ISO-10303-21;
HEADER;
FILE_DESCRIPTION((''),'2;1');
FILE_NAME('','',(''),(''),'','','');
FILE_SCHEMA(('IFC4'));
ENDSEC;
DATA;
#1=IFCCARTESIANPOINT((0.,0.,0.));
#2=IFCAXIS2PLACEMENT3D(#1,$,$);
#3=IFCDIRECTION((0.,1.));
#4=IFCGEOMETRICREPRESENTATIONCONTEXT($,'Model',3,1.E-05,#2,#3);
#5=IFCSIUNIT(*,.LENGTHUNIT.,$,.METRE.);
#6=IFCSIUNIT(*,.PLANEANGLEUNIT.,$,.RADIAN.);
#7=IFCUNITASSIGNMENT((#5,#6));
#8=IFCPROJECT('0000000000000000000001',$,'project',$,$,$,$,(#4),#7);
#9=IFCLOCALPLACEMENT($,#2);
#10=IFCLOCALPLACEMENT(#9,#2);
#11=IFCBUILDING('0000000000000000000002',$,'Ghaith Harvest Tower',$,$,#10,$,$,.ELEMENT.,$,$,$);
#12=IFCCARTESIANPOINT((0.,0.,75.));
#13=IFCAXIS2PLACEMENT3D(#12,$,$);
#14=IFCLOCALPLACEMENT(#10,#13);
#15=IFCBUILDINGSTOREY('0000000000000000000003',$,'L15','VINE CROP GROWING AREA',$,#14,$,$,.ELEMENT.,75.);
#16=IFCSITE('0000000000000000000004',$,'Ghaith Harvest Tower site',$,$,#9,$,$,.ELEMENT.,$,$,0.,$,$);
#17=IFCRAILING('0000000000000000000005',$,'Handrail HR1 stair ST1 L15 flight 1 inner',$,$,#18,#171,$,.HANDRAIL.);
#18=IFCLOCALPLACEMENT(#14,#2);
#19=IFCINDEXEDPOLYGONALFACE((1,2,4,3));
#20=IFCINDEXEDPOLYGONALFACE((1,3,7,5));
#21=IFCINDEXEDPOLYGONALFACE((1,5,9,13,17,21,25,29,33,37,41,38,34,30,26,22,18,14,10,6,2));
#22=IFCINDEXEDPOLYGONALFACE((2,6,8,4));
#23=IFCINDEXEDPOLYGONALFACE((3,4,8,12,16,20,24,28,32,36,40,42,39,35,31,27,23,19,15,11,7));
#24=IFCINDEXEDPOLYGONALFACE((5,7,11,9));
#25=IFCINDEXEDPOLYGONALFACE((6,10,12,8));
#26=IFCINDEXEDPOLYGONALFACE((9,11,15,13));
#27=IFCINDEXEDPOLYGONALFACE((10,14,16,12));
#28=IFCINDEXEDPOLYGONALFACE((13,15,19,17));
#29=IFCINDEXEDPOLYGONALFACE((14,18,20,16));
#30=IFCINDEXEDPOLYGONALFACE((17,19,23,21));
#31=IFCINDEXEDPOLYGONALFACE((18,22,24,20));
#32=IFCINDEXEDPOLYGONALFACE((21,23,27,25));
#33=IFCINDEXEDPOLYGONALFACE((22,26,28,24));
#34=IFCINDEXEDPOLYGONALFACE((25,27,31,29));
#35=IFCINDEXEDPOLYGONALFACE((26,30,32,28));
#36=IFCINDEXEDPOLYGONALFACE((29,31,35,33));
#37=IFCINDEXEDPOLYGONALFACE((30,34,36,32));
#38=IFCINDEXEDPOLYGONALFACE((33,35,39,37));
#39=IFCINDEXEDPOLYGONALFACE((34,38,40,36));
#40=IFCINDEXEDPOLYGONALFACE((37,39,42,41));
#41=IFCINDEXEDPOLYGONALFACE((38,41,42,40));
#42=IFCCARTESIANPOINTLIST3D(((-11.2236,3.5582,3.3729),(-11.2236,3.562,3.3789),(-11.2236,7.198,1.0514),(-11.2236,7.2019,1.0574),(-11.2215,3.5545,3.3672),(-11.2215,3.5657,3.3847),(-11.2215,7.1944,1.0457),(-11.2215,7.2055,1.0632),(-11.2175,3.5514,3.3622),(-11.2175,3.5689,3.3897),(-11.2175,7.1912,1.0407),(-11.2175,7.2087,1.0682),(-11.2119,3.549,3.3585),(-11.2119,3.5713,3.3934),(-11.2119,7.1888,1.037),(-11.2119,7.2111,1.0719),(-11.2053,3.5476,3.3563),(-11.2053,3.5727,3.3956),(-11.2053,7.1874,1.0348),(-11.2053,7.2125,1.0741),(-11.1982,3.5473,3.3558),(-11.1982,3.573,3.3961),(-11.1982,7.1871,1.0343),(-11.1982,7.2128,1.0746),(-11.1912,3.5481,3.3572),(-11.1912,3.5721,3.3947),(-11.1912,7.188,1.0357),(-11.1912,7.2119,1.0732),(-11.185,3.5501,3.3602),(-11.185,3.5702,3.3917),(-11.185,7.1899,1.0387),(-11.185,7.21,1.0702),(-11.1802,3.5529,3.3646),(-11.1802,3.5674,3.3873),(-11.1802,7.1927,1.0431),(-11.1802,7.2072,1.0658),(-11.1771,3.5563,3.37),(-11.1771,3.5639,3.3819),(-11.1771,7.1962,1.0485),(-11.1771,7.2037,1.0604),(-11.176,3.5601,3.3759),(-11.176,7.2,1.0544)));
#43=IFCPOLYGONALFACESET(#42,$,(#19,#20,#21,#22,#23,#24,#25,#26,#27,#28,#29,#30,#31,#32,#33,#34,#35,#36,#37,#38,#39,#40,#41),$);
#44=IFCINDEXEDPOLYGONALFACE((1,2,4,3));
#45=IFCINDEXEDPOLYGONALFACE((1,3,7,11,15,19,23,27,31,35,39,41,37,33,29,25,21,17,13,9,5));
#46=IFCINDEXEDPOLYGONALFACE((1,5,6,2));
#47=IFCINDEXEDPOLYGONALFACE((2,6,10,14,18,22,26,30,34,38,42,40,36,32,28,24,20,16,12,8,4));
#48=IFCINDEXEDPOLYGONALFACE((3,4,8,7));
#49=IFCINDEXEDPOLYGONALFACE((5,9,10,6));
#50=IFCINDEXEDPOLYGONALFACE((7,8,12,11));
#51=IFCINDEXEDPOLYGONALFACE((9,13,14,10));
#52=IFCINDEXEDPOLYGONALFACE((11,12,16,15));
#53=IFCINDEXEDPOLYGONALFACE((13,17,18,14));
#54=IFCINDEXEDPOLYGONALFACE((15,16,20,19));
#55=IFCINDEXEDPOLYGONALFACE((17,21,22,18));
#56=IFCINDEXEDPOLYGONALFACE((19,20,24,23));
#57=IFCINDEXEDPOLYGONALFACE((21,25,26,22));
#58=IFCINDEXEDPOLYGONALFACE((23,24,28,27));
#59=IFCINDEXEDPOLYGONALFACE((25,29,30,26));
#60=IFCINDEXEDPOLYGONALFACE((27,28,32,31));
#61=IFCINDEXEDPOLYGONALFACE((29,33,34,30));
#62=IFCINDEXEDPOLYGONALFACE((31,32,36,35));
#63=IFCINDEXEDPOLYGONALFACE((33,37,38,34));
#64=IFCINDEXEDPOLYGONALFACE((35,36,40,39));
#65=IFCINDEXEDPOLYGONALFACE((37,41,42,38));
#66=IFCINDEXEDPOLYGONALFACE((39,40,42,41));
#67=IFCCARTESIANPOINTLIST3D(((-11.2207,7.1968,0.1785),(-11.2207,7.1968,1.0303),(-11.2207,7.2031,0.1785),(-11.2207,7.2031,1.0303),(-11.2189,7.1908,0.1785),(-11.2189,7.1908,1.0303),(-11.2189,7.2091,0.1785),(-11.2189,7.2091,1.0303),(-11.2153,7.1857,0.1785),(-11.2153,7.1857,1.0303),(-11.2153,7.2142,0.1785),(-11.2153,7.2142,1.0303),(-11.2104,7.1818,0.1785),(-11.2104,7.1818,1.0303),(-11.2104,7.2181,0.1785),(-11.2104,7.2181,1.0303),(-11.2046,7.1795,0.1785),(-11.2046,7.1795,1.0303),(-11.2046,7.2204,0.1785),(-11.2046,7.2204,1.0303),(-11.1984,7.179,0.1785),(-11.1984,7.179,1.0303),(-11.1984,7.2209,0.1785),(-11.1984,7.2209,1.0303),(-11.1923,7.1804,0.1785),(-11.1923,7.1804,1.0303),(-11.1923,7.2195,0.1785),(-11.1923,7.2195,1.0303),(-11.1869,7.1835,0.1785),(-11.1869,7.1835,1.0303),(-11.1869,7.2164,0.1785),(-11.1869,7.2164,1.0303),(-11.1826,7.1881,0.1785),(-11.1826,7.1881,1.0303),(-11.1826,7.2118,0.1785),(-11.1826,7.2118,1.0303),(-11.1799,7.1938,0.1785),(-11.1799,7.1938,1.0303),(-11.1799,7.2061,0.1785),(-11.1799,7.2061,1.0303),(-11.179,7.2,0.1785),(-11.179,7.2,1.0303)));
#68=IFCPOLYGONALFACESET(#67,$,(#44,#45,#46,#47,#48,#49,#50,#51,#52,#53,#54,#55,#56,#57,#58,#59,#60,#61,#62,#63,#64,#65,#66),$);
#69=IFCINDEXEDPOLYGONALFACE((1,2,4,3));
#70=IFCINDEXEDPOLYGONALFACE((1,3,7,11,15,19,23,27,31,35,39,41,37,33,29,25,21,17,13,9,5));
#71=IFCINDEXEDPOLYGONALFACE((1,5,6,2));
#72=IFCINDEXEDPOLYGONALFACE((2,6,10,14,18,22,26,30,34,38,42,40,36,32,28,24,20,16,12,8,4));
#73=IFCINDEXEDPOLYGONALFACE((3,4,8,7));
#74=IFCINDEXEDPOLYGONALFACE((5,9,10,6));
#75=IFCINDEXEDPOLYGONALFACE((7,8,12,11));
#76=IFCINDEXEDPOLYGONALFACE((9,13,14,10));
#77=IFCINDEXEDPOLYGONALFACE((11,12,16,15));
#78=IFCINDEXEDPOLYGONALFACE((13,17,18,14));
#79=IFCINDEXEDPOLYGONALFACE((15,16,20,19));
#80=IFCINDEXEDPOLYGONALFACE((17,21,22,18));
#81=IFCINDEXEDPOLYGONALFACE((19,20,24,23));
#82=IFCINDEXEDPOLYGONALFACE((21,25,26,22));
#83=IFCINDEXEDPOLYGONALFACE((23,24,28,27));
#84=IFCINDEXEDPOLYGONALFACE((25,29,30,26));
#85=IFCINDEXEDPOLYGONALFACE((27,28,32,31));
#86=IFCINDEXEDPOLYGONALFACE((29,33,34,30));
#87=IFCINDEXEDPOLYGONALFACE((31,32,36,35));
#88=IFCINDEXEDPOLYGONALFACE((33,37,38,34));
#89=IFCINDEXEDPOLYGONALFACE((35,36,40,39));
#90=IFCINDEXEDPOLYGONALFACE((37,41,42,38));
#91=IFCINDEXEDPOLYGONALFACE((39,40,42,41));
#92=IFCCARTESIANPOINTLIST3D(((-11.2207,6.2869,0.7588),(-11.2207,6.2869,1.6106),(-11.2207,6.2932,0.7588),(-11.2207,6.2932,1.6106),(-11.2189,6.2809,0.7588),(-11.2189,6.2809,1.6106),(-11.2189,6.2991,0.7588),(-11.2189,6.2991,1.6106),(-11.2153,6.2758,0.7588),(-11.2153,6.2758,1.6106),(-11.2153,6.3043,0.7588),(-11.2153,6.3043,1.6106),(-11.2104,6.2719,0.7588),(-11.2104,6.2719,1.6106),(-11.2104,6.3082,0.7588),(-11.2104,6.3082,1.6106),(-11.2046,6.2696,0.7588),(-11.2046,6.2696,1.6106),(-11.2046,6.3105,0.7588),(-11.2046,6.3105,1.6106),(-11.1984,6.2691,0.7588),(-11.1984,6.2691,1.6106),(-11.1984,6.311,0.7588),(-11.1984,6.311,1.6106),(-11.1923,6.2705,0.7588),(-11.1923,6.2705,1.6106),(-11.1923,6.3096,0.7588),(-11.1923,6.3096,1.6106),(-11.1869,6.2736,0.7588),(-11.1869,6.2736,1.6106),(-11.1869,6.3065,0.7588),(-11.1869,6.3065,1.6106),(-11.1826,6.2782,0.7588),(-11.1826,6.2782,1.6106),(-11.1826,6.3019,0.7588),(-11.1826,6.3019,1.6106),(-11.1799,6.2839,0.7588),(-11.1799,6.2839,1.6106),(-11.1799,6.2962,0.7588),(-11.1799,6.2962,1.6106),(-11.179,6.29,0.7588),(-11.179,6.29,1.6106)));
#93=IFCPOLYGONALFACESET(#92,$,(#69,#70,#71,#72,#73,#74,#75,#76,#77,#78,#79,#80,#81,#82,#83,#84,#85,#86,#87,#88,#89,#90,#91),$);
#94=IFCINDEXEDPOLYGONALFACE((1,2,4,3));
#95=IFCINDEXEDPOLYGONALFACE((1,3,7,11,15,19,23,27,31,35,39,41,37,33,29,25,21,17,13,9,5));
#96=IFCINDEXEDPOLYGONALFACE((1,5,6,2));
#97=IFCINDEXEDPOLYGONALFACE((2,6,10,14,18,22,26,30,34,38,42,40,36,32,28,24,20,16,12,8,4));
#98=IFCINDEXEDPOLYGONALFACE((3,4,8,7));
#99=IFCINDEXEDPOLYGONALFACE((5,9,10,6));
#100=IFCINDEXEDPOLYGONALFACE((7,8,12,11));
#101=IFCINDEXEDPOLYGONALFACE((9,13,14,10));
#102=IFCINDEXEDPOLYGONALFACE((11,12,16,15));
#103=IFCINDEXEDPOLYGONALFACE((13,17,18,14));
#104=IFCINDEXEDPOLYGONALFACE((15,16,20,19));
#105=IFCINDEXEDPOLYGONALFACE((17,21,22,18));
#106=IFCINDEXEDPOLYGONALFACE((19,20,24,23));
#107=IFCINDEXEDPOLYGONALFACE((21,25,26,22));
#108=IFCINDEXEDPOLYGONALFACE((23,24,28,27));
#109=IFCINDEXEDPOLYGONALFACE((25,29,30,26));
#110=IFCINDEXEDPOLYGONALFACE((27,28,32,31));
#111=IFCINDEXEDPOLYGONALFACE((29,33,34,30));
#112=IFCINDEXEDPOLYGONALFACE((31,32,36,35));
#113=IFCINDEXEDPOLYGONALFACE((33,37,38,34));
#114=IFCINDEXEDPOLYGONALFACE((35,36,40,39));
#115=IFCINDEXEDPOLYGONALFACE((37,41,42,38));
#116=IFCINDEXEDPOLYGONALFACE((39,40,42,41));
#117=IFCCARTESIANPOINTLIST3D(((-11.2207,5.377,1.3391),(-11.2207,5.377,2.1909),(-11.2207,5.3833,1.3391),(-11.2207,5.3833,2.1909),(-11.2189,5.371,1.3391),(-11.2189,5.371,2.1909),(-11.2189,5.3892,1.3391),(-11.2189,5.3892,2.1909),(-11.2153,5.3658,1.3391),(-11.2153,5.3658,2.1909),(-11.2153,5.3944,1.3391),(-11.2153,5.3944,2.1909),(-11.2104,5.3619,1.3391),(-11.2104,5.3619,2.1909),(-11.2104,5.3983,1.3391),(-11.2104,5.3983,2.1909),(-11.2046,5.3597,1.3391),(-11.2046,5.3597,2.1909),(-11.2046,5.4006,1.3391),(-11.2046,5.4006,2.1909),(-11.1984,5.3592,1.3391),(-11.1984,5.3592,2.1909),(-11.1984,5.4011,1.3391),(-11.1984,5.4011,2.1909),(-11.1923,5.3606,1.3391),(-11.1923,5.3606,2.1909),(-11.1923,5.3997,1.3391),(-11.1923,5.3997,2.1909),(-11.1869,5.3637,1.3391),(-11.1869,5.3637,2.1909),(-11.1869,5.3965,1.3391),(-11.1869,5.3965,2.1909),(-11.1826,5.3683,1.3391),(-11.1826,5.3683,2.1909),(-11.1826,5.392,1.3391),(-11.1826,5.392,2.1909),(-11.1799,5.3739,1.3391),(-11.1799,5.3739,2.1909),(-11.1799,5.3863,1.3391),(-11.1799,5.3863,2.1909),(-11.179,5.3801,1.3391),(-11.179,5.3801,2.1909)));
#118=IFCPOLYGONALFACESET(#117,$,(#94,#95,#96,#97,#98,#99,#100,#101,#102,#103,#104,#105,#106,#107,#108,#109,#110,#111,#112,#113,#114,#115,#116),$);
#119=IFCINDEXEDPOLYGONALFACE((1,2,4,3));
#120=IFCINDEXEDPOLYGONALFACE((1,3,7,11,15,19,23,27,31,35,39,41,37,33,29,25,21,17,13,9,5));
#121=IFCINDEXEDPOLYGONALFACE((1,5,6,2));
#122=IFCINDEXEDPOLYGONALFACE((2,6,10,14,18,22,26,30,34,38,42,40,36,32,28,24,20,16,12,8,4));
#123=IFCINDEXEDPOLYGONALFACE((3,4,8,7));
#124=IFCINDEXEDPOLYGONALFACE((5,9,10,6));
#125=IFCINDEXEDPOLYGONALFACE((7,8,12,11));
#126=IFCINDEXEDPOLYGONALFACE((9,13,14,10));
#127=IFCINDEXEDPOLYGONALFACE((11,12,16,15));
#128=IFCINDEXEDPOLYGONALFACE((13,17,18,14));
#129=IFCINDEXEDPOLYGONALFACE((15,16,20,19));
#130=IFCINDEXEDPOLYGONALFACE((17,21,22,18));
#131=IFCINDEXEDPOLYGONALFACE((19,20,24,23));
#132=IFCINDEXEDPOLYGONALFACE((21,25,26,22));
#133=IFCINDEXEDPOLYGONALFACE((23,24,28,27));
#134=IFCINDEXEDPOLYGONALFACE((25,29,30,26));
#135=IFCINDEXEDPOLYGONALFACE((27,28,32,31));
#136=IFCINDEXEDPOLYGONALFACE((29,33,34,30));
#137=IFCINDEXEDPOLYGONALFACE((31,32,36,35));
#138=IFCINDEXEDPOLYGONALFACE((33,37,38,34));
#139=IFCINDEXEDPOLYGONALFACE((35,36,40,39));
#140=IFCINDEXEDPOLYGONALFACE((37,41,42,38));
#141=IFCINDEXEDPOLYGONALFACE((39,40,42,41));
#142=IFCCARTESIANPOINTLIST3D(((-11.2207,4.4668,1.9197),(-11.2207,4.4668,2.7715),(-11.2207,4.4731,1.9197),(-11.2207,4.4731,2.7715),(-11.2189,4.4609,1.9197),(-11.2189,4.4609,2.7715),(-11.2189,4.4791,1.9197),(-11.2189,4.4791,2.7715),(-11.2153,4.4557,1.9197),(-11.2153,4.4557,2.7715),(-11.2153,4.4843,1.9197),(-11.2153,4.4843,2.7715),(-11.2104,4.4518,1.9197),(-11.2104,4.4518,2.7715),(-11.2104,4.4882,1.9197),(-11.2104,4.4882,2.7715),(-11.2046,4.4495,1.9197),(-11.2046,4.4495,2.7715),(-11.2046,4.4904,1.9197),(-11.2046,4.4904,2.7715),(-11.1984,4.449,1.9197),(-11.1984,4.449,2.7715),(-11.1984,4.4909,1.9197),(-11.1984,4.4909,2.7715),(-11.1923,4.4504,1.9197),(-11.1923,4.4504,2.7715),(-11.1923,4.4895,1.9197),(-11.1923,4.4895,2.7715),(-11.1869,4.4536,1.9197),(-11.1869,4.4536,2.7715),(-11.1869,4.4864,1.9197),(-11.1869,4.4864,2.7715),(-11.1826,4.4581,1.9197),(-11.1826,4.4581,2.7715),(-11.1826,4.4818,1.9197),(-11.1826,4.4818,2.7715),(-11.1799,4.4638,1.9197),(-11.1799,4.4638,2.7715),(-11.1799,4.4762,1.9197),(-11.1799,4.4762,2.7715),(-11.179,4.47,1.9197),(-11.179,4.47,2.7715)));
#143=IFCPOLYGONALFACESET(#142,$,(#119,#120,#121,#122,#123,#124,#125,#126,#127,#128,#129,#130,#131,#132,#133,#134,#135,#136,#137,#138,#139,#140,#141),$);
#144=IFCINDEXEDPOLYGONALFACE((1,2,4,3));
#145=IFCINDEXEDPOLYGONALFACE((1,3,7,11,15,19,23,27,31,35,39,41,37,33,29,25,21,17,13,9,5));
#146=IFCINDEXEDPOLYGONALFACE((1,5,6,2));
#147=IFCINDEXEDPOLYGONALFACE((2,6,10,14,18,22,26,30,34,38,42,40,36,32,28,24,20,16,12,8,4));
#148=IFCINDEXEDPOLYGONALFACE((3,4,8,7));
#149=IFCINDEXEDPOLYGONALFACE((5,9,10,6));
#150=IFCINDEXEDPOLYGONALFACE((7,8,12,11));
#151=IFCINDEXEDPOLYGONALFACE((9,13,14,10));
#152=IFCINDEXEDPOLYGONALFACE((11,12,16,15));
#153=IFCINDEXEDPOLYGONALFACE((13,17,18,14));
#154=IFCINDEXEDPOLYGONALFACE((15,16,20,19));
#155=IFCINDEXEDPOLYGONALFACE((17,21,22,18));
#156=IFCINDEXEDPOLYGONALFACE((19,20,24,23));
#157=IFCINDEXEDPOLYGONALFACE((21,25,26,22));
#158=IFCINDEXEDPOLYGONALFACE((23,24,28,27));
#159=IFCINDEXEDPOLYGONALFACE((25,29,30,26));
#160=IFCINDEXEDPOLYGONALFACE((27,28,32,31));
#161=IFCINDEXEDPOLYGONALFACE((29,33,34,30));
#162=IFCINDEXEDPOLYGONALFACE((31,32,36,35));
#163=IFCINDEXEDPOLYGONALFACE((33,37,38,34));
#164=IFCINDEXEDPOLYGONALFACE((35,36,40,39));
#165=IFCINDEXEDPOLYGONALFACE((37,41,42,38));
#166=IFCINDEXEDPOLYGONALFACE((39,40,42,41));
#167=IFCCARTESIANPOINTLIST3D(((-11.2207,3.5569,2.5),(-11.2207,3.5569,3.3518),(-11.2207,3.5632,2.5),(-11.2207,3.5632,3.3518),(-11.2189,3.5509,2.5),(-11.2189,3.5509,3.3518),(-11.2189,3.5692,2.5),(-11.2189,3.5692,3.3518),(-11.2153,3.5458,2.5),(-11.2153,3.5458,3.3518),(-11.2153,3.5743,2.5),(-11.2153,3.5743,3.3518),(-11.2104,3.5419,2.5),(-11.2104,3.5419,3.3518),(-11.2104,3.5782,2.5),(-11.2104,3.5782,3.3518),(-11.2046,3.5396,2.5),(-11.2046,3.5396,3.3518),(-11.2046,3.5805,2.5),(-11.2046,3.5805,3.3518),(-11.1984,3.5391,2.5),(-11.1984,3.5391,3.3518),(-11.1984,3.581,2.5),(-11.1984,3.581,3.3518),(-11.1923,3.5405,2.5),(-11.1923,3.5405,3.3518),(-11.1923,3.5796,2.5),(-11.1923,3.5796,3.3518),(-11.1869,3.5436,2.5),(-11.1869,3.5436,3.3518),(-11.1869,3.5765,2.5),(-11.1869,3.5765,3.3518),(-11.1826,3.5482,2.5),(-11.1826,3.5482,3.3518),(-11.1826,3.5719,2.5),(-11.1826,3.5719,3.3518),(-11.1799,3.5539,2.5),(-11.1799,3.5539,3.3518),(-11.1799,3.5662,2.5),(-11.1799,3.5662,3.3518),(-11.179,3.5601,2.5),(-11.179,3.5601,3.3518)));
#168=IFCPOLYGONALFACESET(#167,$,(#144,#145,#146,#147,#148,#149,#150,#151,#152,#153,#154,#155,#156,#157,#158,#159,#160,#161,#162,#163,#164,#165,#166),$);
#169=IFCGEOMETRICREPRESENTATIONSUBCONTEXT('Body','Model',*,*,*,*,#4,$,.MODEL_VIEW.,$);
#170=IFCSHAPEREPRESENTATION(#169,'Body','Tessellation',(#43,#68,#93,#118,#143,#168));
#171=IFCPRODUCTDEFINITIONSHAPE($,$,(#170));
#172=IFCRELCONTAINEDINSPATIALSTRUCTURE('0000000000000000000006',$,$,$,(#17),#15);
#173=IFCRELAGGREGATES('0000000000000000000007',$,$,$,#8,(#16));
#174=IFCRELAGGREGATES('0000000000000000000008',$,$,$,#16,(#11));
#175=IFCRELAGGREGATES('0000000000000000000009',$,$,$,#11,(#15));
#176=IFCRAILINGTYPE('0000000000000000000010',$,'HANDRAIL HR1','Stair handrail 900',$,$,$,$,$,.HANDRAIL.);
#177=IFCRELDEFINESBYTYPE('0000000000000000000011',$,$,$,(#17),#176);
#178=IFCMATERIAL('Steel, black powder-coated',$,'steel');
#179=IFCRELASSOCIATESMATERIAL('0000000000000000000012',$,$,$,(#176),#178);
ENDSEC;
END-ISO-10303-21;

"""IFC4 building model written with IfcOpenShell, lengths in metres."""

from ifc_helpers import new_model, si_unit, direction, frame, origin, origin_2d, place, context, subcontext, project, spatial, circle, extrude, material, type_object, element, save


model = new_model("IFC4")

# Units and contexts
model_context = context("Model", 3, precision=1e-05, world=origin(), true_north=direction((0.0, 1.0)))
body_context = subcontext(model_context, "Body", "Model", "MODEL_VIEW")
ifc_project = project(units=[si_unit("LENGTHUNIT", "METRE"), si_unit("PLANEANGLEUNIT", "RADIAN")], contexts=[model_context])

# Site, building, storey
site_placement = place(None, origin())
site = spatial("IfcSite", under=ifc_project, at=site_placement, Name="Ghaith Harvest Tower site", CompositionType="ELEMENT", RefElevation=0.0)
building_placement = place(site_placement, origin())
building = spatial("IfcBuilding", under=site, at=building_placement, Name="Ghaith Harvest Tower", CompositionType="ELEMENT")
storey_placement = place(building_placement, frame((0.0, 0.0, 75.0)))
storey = spatial("IfcBuildingStorey", under=building, at=storey_placement, Name="L15", Description="VINE CROP GROWING AREA", CompositionType="ELEMENT", Elevation=75.0)

# Railing
ifc_material_1 = material(Name="Steel, black powder-coated", Category="steel")
railing_type = type_object("IfcRailingType", Name="HANDRAIL HR1", Description="Stair handrail 900", PredefinedType="HANDRAIL", material=ifc_material_1)
railing_1_placement = place(storey_placement, frame((-11.2, 7.2, 0.1785)))
element("IfcRailing", 1, at=railing_1_placement, inside=storey, type_object=railing_type, Name="Handrail HR1 stair ST1 L15 flight 1 inner", PredefinedType="HANDRAIL", context=body_context, shape_type="SweptSolid", body=[
    extrude(circle(Radius=0.0239, at=origin_2d()), frame((0.0, 0.0, 0.876), z_axis=(0.0, -0.843112, 0.537739), x_axis=(1.0, 0.0, 0.0)), (0.0, 0.0, 1.0), 4.3171),
    extrude(circle(Radius=0.021, at=origin_2d()), origin(), (0.0, 0.0, 1.0), 0.8518),
    extrude(circle(Radius=0.021, at=origin_2d()), frame((0.0, -0.9099, 0.5803)), (0.0, 0.0, 1.0), 0.8518),
    extrude(circle(Radius=0.021, at=origin_2d()), frame((0.0, -1.8198, 1.1606)), (0.0, 0.0, 1.0), 0.8518),
    extrude(circle(Radius=0.021, at=origin_2d()), frame((0.0, -2.73, 1.7412)), (0.0, 0.0, 1.0), 0.8518),
    extrude(circle(Radius=0.021, at=origin_2d()), frame((0.0, -3.6399, 2.3215)), (0.0, 0.0, 1.0), 0.8518),
])

save(model, "model.ifc")
